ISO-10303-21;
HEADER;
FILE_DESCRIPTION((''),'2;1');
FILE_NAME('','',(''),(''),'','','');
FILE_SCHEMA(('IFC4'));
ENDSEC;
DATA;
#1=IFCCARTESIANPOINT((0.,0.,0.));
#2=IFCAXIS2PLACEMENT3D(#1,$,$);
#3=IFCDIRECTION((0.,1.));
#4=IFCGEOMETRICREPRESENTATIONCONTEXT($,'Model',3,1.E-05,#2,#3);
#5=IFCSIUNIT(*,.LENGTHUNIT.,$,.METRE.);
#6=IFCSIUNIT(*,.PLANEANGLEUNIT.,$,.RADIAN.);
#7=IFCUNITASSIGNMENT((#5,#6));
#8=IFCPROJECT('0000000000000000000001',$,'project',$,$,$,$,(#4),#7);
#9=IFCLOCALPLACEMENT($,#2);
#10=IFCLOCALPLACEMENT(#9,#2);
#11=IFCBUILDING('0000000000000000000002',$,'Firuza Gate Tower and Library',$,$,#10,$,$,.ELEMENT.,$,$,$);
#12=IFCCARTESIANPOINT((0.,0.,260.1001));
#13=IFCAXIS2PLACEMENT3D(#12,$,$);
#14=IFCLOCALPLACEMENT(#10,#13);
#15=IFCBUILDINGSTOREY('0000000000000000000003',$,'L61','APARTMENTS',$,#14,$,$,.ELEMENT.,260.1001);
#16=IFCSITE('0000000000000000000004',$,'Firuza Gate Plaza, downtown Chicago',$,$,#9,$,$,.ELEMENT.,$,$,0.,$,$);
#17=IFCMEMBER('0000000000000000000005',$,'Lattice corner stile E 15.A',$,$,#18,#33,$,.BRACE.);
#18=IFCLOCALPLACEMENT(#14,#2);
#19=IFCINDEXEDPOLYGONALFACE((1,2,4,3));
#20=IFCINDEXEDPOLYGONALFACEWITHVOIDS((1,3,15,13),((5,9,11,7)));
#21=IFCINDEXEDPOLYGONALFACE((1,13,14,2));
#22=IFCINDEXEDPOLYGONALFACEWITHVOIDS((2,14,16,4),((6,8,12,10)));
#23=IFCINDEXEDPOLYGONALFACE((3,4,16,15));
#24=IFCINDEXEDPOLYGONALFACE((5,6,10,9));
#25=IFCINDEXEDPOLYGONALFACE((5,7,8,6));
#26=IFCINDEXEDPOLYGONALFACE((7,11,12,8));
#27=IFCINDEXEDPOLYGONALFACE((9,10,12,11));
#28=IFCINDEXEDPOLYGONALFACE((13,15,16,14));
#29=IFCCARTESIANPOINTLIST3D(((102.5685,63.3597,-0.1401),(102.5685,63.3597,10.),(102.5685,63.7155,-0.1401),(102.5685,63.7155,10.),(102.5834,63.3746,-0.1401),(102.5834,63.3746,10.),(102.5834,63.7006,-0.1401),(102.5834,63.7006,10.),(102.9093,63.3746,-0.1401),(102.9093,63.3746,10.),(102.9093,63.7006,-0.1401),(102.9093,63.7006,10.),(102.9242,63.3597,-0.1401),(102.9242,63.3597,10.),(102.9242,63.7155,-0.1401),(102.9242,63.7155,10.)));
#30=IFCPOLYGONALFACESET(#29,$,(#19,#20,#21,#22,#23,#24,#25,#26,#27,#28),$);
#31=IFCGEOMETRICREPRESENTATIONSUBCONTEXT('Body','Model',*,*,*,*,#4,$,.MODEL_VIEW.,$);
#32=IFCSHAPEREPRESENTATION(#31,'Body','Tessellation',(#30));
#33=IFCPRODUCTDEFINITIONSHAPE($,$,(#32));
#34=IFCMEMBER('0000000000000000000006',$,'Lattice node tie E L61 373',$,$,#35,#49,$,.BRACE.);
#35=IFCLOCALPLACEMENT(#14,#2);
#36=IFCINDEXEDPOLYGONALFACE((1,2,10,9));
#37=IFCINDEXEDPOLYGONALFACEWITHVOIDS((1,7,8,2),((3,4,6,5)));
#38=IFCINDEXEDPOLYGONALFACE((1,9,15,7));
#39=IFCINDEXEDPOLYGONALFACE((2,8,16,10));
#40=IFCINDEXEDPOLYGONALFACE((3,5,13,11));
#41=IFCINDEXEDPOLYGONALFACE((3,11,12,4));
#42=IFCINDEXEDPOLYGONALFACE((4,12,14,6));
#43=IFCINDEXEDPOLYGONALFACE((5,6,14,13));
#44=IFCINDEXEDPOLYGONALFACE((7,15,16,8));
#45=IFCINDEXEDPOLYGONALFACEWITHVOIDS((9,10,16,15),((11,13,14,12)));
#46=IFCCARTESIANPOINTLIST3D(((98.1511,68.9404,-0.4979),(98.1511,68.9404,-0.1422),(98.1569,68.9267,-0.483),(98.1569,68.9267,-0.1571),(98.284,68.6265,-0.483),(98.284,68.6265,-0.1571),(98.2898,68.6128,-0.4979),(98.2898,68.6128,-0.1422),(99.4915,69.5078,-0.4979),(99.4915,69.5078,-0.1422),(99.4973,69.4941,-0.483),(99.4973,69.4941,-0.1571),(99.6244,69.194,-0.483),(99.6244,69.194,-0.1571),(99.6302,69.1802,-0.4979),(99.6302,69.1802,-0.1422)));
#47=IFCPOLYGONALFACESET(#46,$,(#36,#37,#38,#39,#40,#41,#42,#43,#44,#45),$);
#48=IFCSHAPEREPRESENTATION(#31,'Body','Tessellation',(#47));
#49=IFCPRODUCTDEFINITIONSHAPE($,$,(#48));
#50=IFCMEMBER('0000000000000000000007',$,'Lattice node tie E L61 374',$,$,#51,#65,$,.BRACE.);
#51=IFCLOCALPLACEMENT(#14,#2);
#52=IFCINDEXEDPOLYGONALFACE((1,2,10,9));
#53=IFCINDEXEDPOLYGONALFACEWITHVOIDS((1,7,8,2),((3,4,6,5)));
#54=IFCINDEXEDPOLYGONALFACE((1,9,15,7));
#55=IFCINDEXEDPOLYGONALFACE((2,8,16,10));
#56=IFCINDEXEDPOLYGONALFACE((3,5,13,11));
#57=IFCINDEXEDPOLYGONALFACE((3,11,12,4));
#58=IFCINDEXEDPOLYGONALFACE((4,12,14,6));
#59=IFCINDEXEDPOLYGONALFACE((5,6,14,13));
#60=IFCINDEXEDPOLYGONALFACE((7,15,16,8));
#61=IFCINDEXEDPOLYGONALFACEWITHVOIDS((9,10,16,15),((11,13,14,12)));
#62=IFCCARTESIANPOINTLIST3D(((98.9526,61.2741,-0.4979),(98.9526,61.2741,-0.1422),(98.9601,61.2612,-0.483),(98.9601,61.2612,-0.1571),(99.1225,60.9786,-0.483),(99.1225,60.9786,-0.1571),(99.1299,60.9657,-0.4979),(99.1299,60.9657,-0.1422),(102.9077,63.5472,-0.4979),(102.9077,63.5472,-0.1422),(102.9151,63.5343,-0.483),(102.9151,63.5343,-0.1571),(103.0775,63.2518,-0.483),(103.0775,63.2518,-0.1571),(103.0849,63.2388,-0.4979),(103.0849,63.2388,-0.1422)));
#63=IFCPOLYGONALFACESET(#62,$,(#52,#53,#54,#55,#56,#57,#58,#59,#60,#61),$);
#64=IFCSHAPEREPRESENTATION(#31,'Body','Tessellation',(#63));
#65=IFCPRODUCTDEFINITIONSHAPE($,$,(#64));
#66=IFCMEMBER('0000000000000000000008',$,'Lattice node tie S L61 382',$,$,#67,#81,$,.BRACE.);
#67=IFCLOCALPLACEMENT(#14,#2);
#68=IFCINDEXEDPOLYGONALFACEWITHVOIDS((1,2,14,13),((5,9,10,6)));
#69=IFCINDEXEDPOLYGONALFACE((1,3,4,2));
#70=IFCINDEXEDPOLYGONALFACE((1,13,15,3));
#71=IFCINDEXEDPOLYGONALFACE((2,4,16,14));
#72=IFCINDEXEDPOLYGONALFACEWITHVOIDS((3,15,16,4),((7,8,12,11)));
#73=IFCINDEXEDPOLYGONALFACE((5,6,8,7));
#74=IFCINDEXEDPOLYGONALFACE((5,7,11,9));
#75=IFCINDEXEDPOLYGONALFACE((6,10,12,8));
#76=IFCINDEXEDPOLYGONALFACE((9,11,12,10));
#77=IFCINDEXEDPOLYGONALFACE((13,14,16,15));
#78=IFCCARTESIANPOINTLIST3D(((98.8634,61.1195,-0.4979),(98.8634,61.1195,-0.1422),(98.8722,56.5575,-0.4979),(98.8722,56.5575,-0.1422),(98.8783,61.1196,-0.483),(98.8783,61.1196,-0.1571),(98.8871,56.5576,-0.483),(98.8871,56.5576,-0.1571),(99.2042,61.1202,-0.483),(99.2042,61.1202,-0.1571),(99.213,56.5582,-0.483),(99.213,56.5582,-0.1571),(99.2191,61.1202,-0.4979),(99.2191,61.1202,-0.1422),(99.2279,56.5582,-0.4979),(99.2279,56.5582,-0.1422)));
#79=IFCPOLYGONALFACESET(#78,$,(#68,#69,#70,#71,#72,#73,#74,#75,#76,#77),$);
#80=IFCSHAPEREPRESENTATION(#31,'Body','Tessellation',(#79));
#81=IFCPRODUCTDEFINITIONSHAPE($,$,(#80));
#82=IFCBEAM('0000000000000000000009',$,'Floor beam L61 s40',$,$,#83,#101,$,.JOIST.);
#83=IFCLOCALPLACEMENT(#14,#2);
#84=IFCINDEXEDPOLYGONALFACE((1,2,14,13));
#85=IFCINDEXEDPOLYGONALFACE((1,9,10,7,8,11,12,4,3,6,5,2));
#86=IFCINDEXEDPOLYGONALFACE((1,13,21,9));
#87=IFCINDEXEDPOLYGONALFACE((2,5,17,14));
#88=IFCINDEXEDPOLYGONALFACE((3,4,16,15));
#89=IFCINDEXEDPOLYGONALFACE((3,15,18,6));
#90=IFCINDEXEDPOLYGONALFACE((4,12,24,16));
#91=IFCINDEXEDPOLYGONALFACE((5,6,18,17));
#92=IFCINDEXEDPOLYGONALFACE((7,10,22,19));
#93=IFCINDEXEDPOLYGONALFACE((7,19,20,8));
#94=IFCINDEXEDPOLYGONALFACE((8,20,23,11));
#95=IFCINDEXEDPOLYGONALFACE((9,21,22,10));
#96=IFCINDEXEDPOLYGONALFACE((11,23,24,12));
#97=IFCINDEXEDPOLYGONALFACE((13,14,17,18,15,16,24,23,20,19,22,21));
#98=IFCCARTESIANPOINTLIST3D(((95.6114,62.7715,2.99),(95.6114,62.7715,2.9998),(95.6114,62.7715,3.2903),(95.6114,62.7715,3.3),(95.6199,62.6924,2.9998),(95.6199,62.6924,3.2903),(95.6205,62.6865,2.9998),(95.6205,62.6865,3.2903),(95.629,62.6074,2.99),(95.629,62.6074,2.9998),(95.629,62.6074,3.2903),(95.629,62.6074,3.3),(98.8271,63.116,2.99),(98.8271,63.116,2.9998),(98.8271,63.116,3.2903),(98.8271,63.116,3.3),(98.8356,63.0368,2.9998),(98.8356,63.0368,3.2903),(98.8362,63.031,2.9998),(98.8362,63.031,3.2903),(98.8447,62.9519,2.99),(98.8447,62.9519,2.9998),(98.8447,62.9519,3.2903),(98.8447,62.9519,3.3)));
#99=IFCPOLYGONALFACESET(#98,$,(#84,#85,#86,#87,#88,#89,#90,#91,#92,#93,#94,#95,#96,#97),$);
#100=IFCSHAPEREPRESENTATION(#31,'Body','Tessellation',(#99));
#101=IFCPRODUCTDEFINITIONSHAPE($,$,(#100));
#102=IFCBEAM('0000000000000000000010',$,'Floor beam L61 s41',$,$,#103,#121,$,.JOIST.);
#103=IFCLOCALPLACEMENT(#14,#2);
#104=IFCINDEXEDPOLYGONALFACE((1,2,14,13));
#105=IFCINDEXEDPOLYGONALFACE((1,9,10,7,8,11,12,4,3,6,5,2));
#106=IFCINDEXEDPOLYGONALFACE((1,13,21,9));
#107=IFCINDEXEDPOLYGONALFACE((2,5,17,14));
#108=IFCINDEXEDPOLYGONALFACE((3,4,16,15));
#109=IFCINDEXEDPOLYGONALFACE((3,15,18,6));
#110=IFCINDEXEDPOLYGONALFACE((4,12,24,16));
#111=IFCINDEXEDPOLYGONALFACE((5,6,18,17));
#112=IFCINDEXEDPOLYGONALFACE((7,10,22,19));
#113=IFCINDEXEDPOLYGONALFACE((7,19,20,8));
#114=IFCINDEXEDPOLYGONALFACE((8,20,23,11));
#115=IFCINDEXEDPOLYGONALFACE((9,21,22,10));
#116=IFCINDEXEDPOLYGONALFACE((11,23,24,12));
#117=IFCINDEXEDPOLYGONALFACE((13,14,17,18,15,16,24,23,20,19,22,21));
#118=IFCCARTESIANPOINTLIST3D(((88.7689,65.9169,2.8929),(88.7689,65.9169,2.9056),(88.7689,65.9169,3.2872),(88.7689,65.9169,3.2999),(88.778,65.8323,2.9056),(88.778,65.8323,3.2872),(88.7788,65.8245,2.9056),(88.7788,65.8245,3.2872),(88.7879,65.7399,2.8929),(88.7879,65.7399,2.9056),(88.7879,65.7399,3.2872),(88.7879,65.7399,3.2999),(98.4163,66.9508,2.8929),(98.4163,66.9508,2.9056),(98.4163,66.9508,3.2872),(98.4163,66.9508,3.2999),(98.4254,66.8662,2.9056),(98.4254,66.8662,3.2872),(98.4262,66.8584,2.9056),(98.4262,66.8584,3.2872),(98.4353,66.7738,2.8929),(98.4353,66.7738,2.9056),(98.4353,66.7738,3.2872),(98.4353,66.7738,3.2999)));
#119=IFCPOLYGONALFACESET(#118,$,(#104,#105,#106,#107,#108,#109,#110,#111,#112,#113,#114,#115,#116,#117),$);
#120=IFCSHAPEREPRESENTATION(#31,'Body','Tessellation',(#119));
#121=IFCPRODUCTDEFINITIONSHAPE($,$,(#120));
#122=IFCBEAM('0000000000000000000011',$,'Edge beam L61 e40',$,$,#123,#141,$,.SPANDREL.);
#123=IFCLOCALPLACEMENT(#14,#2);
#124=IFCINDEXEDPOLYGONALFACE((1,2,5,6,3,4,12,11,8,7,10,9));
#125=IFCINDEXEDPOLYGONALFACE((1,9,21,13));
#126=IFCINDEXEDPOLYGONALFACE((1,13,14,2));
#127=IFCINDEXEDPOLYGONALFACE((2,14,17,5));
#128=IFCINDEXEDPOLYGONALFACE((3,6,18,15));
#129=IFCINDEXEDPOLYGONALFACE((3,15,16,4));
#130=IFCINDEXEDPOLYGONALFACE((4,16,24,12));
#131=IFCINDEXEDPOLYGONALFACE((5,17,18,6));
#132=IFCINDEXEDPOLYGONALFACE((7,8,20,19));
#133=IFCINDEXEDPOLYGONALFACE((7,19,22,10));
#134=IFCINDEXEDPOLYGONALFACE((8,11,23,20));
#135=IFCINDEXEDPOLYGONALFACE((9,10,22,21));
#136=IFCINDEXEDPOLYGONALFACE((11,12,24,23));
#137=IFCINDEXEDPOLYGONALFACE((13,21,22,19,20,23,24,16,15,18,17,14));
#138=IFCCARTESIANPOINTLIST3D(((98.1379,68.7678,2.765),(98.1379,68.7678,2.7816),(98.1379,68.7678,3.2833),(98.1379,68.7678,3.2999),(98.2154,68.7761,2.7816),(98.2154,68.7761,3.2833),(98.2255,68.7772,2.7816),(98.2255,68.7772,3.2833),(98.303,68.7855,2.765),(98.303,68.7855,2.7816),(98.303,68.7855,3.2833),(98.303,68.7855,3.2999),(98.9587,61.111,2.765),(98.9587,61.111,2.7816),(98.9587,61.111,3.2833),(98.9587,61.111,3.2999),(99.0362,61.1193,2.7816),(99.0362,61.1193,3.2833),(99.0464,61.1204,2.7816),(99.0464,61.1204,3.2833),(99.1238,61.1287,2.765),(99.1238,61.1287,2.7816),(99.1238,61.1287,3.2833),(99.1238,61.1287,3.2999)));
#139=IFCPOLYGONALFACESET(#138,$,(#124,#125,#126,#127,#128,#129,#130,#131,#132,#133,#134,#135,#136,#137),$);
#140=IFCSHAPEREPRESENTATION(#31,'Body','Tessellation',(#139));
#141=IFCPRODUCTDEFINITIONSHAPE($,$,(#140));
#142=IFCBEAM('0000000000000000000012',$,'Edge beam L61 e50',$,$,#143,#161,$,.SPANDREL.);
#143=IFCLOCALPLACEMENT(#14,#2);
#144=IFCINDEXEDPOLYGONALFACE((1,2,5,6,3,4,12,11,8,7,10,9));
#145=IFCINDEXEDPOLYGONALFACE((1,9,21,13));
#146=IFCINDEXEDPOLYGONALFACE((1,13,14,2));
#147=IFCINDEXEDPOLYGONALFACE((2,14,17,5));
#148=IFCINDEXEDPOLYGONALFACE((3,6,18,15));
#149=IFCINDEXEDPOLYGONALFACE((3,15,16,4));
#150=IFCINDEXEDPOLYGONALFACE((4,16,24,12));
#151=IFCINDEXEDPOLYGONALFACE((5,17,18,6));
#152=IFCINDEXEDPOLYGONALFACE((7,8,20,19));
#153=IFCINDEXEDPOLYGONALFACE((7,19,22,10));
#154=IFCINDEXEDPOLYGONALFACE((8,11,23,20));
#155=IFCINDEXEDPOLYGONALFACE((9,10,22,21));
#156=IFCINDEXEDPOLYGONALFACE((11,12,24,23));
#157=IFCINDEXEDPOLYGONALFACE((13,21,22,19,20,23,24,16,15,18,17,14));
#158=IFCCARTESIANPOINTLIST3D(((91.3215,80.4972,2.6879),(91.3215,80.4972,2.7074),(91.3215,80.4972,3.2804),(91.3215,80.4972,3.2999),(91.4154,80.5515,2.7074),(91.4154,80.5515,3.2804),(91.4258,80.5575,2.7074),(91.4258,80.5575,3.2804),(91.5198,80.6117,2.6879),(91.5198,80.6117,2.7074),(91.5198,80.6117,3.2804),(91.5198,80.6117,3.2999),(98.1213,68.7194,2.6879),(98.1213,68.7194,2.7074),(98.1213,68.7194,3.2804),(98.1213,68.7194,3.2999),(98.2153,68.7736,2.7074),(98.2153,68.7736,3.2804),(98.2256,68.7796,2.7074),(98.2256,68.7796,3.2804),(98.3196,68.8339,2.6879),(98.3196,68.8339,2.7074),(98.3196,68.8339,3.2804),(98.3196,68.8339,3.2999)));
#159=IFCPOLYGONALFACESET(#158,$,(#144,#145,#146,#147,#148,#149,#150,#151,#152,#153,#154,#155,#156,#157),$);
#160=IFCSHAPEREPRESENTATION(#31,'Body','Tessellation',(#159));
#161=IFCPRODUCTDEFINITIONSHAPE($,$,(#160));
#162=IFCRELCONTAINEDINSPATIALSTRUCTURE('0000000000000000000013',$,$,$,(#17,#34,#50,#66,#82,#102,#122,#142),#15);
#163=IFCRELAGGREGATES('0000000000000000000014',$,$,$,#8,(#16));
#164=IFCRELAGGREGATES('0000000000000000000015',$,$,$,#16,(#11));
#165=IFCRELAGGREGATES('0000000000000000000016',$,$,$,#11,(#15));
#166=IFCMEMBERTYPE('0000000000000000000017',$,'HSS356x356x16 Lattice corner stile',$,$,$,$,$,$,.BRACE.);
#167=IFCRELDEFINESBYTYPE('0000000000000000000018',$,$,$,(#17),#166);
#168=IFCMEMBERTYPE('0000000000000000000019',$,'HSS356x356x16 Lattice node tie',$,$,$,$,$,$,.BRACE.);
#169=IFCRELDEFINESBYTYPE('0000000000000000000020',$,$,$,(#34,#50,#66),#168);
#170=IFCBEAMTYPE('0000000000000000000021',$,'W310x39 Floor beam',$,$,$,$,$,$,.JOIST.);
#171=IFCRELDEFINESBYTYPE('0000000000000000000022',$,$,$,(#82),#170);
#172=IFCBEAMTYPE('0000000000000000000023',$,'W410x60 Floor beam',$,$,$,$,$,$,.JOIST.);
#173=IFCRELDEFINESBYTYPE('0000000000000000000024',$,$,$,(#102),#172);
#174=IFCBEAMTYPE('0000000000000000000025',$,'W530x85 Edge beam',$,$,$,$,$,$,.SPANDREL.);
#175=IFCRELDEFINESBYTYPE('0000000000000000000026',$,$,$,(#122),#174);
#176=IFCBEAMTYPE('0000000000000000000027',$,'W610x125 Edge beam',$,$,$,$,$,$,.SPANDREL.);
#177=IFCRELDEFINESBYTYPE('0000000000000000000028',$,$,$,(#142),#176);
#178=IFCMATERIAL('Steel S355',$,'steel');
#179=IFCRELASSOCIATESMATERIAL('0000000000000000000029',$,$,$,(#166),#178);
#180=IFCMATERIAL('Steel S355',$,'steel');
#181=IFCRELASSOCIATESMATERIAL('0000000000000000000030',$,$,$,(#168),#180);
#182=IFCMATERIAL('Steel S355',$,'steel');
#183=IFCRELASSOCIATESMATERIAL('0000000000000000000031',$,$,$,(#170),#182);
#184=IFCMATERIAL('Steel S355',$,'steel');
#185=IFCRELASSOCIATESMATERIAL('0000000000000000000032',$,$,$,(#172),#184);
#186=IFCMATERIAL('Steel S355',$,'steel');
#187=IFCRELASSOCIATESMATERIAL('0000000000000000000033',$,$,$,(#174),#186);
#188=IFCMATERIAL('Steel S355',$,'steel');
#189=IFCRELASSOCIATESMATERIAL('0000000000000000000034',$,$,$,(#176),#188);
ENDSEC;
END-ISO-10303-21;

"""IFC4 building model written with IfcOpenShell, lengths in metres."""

from ifc_helpers import new_model, si_unit, direction, frame, origin, origin_2d, place, context, subcontext, project, spatial, hollow_rectangle, i_section, extrude, material, material_profile, profile_set, type_object, element, save


model = new_model("IFC4")

# Units and contexts
model_context = context("Model", 3, precision=1e-05, world=origin(), true_north=direction((0.0, 1.0)))
body_context = subcontext(model_context, "Body", "Model", "MODEL_VIEW")
ifc_project = project(units=[si_unit("LENGTHUNIT", "METRE"), si_unit("PLANEANGLEUNIT", "RADIAN")], contexts=[model_context])

# Site, building, storey
site_placement = place(None, origin())
site = spatial("IfcSite", under=ifc_project, at=site_placement, Name="Firuza Gate Plaza, downtown Chicago", CompositionType="ELEMENT", RefElevation=0.0)
building_placement = place(site_placement, origin())
building = spatial("IfcBuilding", under=site, at=building_placement, Name="Firuza Gate Tower and Library", CompositionType="ELEMENT")
storey_placement = place(building_placement, frame((0.0, 0.0, 260.1001)))
storey = spatial("IfcBuildingStorey", under=building, at=storey_placement, Name="L61", Description="APARTMENTS", CompositionType="ELEMENT", Elevation=260.1001)

# Members
ifc_material_1 = material(Name="Steel S355", Category="steel")
ifc_material_profile_1 = material_profile(ifc_material_1, hollow_rectangle(XDim=0.3557, YDim=0.3557, WallThickness=0.0149, at=origin_2d()))
ifc_profile_set_1 = profile_set([ifc_material_profile_1], Name="Steel S355")
member_type_1 = type_object("IfcMemberType", Name="HSS356x356x16 Lattice corner stile", PredefinedType="BRACE", material=ifc_profile_set_1)
member_1_placement = place(storey_placement, frame((102.7463, 63.5376, -0.1401), z_axis=(0.0, 0.0, 1.0), x_axis=(1.0, 0.0, 0.0)))
element("IfcMember", 1, at=member_1_placement, inside=storey, type_object=member_type_1, Name="Lattice corner stile E 15.A", PredefinedType="BRACE", context=body_context, shape_type="SweptSolid", body=[
    extrude(hollow_rectangle(XDim=0.3557, YDim=0.3557, WallThickness=0.0149, at=origin_2d()), origin(), (0.0, 0.0, 1.0), 10.1401),
])
ifc_material_2 = material(Name="Steel S355", Category="steel")
ifc_material_profile_2 = material_profile(ifc_material_2, hollow_rectangle(XDim=0.3557, YDim=0.3557, WallThickness=0.0149, at=origin_2d()))
ifc_profile_set_2 = profile_set([ifc_material_profile_2], Name="Steel S355")
member_type_2 = type_object("IfcMemberType", Name="HSS356x356x16 Lattice node tie", PredefinedType="BRACE", material=ifc_profile_set_2)
member_2_placement = place(storey_placement, frame((98.2205, 68.7766, -0.3201), z_axis=(0.920889, 0.389826, 0.0), x_axis=(-0.389826, 0.920889, 0.0)))
element("IfcMember", 2, at=member_2_placement, inside=storey, type_object=member_type_2, Name="Lattice node tie E L61 373", PredefinedType="BRACE", context=body_context, shape_type="SweptSolid", body=[
    extrude(hollow_rectangle(XDim=0.3557, YDim=0.3557, WallThickness=0.0149, at=origin_2d()), origin(), (0.0, 0.0, 1.0), 1.4556),
])
member_3_placement = place(storey_placement, frame((99.0413, 61.1199, -0.3201), z_axis=(0.866999, 0.49831, 0.0), x_axis=(-0.49831, 0.866999, 0.0)))
element("IfcMember", 3, at=member_3_placement, inside=storey, type_object=member_type_2, Name="Lattice node tie E L61 374", PredefinedType="BRACE", context=body_context, shape_type="SweptSolid", body=[
    extrude(hollow_rectangle(XDim=0.3557, YDim=0.3557, WallThickness=0.0149, at=origin_2d()), origin(), (0.0, 0.0, 1.0), 4.5618),
])
member_4_placement = place(storey_placement, frame((99.0413, 61.1199, -0.3201), z_axis=(0.001927, -0.999998, 0.0), x_axis=(0.999998, 0.001927, 0.0)))
element("IfcMember", 4, at=member_4_placement, inside=storey, type_object=member_type_2, Name="Lattice node tie S L61 382", PredefinedType="BRACE", context=body_context, shape_type="SweptSolid", body=[
    extrude(hollow_rectangle(XDim=0.3557, YDim=0.3557, WallThickness=0.0149, at=origin_2d()), origin(), (0.0, 0.0, 1.0), 4.562),
])

# Beams
ifc_material_3 = material(Name="Steel S355", Category="steel")
ifc_material_profile_3 = material_profile(ifc_material_3, i_section(OverallWidth=0.165, OverallDepth=0.3101, WebThickness=0.0059, FlangeThickness=0.0098, at=origin_2d()))
ifc_profile_set_3 = profile_set([ifc_material_profile_3], Name="Steel S355")
beam_type_1 = type_object("IfcBeamType", Name="W310x39 Floor beam", PredefinedType="JOIST", material=ifc_profile_set_3)
beam_1_placement = place(storey_placement, frame((98.8359, 63.0339, 3.145), z_axis=(-0.994311, -0.106512, 0.0), x_axis=(0.106512, -0.994311, 0.0)))
element("IfcBeam", 5, at=beam_1_placement, inside=storey, type_object=beam_type_1, Name="Floor beam L61 s40", PredefinedType="JOIST", context=body_context, shape_type="SweptSolid", body=[
    extrude(i_section(OverallWidth=0.165, OverallDepth=0.3101, WebThickness=0.0059, FlangeThickness=0.0098, at=origin_2d()), origin(), (0.0, 0.0, 1.0), 3.2341),
])
ifc_material_4 = material(Name="Steel S355", Category="steel")
ifc_material_profile_4 = material_profile(ifc_material_4, i_section(OverallWidth=0.178, OverallDepth=0.407, WebThickness=0.0078, FlangeThickness=0.0127, at=origin_2d()))
ifc_profile_set_4 = profile_set([ifc_material_profile_4], Name="Steel S355")
beam_type_2 = type_object("IfcBeamType", Name="W410x60 Floor beam", PredefinedType="JOIST", material=ifc_profile_set_4)
beam_2_placement = place(storey_placement, frame((98.4258, 66.8623, 3.0964), z_axis=(-0.994306, -0.106562, 0.0), x_axis=(0.106562, -0.994306, 0.0)))
element("IfcBeam", 6, at=beam_2_placement, inside=storey, type_object=beam_type_2, Name="Floor beam L61 s41", PredefinedType="JOIST", context=body_context, shape_type="SweptSolid", body=[
    extrude(i_section(OverallWidth=0.178, OverallDepth=0.407, WebThickness=0.0078, FlangeThickness=0.0127, at=origin_2d()), origin(), (0.0, 0.0, 1.0), 9.7026),
])
ifc_material_5 = material(Name="Steel S355", Category="steel")
ifc_material_profile_5 = material_profile(ifc_material_5, i_section(OverallWidth=0.166, OverallDepth=0.5349, WebThickness=0.0103, FlangeThickness=0.0166, at=origin_2d()))
ifc_profile_set_5 = profile_set([ifc_material_profile_5], Name="Steel S355")
beam_type_3 = type_object("IfcBeamType", Name="W530x85 Edge beam", PredefinedType="SPANDREL", material=ifc_profile_set_5)
beam_3_placement = place(storey_placement, frame((99.0413, 61.1199, 3.0325), z_axis=(-0.106589, 0.994303, 0.0), x_axis=(-0.994303, -0.106589, 0.0)))
element("IfcBeam", 7, at=beam_3_placement, inside=storey, type_object=beam_type_3, Name="Edge beam L61 e40", PredefinedType="SPANDREL", context=body_context, shape_type="SweptSolid", body=[
    extrude(i_section(OverallWidth=0.166, OverallDepth=0.5349, WebThickness=0.0103, FlangeThickness=0.0166, at=origin_2d()), origin(), (0.0, 0.0, 1.0), 7.7007),
])
ifc_material_6 = material(Name="Steel S355", Category="steel")
ifc_material_profile_6 = material_profile(ifc_material_6, i_section(OverallWidth=0.229, OverallDepth=0.6121, WebThickness=0.012, FlangeThickness=0.0195, at=origin_2d()))
ifc_profile_set_6 = profile_set([ifc_material_profile_6], Name="Steel S355")
beam_type_4 = type_object("IfcBeamType", Name="W610x125 Edge beam", PredefinedType="SPANDREL", material=ifc_profile_set_6)
beam_4_placement = place(storey_placement, frame((98.2205, 68.7766, 2.9939), z_axis=(-0.499993, 0.86603, 0.0), x_axis=(-0.86603, -0.499993, 0.0)))
element("IfcBeam", 8, at=beam_4_placement, inside=storey, type_object=beam_type_4, Name="Edge beam L61 e50", PredefinedType="SPANDREL", context=body_context, shape_type="SweptSolid", body=[
    extrude(i_section(OverallWidth=0.229, OverallDepth=0.6121, WebThickness=0.012, FlangeThickness=0.0195, at=origin_2d()), origin(), (0.0, 0.0, 1.0), 13.5999),
])

save(model, "model.ifc")
